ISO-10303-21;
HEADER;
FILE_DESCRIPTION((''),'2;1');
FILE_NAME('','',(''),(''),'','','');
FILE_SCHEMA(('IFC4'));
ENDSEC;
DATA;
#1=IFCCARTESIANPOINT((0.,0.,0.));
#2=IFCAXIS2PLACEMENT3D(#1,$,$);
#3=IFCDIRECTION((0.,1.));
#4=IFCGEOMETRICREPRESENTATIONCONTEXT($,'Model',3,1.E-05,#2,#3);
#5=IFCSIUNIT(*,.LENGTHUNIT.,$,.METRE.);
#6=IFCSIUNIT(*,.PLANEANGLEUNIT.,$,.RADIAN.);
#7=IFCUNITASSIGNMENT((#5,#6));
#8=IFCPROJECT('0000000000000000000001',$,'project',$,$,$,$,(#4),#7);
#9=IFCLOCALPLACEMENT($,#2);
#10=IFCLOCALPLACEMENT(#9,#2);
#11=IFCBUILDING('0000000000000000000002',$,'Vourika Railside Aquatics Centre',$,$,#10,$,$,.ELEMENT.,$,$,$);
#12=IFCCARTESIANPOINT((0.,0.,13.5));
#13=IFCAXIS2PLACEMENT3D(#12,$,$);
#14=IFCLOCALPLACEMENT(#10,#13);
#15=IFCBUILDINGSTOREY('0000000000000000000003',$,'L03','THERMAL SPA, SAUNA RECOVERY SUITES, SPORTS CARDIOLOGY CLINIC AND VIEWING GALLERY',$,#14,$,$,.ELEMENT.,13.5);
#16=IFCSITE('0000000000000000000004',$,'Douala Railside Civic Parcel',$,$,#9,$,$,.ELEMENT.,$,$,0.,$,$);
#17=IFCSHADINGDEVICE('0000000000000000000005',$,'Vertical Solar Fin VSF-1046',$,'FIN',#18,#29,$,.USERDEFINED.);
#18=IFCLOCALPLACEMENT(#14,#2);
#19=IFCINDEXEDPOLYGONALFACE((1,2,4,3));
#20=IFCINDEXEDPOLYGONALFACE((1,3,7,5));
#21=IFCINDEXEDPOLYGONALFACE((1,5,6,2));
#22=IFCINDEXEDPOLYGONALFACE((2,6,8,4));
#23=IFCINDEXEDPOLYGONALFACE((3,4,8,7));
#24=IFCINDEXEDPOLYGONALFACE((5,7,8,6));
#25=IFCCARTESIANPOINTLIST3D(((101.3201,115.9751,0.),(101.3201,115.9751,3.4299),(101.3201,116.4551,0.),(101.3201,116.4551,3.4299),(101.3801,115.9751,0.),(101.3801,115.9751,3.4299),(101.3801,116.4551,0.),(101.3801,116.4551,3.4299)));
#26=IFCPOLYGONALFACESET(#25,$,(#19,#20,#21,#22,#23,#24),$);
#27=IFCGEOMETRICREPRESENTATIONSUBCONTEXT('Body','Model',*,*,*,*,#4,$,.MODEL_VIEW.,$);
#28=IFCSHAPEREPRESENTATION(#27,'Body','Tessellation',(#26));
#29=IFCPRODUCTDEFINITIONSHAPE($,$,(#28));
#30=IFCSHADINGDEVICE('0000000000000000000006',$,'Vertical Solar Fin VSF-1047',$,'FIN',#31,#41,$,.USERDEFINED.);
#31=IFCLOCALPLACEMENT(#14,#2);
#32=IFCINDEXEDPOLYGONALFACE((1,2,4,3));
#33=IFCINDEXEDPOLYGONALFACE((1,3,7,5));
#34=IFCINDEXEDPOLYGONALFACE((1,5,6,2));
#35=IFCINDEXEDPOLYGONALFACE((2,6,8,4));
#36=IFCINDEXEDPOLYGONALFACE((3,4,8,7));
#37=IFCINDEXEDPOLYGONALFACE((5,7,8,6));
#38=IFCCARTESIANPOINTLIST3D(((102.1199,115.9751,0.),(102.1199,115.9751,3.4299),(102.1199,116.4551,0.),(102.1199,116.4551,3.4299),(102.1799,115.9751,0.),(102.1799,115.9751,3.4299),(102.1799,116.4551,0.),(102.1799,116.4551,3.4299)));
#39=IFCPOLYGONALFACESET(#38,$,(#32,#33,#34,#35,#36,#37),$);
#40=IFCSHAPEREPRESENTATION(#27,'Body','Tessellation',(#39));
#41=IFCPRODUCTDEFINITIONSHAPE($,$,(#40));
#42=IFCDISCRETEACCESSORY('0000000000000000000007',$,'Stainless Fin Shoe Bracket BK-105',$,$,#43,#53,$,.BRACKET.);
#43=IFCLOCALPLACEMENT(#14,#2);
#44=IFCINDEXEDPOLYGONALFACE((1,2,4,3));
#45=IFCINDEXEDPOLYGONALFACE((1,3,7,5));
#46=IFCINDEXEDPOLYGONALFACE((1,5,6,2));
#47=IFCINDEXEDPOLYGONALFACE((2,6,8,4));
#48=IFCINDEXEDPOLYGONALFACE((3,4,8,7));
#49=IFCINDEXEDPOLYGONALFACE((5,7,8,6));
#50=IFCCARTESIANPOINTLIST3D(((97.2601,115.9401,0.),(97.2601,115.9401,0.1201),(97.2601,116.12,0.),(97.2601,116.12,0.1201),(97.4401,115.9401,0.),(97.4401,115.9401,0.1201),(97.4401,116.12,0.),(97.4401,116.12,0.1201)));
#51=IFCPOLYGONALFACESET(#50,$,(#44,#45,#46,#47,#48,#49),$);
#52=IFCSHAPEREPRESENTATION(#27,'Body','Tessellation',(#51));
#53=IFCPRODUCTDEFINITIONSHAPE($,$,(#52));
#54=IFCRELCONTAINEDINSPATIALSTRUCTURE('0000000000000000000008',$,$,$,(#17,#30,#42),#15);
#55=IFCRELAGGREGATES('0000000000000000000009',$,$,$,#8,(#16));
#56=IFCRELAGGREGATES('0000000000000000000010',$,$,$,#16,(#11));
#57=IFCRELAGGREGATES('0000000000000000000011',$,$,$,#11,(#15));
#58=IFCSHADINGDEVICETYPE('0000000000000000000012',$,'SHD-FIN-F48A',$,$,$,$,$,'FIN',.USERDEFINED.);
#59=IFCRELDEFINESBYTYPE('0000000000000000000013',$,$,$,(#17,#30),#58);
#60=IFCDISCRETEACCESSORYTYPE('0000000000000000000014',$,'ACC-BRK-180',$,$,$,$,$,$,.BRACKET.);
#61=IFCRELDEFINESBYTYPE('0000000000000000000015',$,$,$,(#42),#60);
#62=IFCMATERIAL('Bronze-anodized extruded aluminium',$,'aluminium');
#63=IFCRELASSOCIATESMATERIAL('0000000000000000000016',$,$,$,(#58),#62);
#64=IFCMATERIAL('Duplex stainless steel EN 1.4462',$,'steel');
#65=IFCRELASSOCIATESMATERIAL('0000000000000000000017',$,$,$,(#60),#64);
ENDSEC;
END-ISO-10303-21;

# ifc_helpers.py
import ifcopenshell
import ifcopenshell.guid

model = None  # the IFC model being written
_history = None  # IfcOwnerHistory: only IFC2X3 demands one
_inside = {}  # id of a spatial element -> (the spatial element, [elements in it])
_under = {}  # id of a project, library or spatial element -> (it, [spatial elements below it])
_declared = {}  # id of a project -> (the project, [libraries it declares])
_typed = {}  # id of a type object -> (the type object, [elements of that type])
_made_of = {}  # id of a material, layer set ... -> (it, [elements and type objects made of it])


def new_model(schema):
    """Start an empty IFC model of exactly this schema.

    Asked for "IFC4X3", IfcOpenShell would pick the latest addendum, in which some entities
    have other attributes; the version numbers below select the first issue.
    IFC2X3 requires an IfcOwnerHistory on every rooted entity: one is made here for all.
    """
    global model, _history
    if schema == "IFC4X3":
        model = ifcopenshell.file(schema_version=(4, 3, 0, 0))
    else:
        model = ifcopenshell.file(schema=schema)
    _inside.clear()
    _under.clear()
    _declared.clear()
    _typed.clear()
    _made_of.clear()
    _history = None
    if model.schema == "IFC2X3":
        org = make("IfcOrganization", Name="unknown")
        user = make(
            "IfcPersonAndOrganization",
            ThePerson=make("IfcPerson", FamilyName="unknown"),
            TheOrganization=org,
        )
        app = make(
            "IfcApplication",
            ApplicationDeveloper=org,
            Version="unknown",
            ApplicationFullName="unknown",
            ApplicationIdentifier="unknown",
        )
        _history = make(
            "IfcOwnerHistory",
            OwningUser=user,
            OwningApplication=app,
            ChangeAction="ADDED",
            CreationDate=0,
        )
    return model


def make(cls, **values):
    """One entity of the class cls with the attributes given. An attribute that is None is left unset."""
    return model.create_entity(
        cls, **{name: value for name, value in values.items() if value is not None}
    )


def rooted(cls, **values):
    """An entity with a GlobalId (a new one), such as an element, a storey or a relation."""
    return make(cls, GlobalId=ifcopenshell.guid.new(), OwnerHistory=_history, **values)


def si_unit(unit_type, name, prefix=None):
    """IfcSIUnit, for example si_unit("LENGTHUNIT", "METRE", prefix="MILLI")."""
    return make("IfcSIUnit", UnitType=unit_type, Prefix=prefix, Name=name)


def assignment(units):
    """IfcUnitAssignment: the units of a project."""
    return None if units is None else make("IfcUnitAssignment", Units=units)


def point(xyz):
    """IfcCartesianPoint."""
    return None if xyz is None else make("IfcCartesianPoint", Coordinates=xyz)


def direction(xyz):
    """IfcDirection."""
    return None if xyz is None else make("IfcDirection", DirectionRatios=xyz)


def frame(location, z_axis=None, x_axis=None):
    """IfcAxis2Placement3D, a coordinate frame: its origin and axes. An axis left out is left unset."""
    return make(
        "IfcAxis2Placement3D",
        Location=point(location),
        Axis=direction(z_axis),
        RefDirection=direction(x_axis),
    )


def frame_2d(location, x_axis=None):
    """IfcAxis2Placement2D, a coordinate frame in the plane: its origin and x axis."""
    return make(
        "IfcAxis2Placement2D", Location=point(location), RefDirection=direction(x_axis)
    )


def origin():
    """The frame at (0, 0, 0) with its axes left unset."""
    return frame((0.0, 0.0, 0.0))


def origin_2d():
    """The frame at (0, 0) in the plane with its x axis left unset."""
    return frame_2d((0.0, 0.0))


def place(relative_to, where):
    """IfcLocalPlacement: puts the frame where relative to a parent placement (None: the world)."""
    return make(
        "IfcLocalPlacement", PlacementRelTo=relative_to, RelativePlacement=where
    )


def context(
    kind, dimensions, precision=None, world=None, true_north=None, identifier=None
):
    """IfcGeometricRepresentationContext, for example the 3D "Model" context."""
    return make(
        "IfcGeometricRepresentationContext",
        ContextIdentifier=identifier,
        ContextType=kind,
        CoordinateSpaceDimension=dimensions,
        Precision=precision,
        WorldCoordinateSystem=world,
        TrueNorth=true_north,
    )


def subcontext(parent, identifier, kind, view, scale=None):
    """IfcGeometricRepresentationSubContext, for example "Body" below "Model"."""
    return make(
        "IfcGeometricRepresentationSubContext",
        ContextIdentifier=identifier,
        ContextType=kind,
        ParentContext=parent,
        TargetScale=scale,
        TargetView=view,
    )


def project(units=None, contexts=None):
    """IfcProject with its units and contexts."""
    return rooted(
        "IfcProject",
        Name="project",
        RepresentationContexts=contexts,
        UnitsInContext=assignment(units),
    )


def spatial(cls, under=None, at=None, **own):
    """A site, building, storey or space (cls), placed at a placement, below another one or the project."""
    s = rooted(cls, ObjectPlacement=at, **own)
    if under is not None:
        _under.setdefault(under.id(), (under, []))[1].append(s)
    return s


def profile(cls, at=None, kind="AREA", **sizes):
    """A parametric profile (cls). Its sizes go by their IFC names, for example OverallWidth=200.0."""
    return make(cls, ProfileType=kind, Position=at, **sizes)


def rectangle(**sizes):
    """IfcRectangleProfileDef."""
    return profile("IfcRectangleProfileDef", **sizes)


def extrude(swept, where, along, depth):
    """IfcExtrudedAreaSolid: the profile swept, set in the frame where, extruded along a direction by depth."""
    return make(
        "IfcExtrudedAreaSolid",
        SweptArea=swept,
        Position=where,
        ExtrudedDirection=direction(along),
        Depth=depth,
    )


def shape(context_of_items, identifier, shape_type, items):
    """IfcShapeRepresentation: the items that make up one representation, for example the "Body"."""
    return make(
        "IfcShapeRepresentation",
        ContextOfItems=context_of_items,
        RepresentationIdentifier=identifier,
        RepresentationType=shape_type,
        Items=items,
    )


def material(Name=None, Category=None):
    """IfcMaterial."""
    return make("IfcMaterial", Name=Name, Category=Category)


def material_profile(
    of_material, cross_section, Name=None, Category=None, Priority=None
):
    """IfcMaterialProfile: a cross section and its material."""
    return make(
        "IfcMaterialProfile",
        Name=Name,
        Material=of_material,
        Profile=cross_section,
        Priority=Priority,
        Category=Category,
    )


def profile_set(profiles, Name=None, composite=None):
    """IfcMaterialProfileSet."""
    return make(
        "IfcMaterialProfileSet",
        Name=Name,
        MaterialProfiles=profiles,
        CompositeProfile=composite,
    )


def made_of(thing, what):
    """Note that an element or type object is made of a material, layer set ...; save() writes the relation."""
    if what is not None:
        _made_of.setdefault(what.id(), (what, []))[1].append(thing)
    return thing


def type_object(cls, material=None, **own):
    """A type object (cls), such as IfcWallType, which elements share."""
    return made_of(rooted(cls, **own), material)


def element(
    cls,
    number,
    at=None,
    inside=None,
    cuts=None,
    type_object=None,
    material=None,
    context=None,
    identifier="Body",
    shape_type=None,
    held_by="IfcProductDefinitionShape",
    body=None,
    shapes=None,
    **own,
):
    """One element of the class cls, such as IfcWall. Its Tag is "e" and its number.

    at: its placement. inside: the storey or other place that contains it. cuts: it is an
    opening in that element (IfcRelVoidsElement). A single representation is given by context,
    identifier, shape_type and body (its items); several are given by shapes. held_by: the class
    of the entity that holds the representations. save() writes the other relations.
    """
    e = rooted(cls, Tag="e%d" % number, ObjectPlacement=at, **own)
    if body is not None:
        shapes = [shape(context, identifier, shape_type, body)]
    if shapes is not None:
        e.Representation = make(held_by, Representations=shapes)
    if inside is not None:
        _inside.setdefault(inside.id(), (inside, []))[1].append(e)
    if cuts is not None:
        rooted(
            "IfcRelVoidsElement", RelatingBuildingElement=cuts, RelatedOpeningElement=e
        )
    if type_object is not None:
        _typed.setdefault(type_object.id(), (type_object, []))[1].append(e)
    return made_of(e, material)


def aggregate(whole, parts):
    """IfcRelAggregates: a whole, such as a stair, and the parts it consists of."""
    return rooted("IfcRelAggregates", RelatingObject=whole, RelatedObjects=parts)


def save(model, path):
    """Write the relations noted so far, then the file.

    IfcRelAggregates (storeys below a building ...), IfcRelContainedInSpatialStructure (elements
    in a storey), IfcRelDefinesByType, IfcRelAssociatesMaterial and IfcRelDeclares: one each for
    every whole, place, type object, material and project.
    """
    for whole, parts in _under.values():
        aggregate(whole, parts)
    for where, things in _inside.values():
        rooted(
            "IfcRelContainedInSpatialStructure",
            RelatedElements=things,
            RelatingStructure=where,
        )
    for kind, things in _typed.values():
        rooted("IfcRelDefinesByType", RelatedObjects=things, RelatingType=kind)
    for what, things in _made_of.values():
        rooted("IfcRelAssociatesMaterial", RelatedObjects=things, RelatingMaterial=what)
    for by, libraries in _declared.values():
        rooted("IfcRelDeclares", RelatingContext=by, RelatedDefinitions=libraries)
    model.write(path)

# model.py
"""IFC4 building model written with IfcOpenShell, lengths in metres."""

from ifc_helpers import new_model, si_unit, direction, frame, origin, origin_2d, place, context, subcontext, project, spatial, rectangle, extrude, material, material_profile, profile_set, type_object, element, save


model = new_model("IFC4")

# Units and contexts
model_context = context("Model", 3, precision=1e-05, world=origin(), true_north=direction((0.0, 1.0)))
body_context = subcontext(model_context, "Body", "Model", "MODEL_VIEW")
ifc_project = project(units=[si_unit("LENGTHUNIT", "METRE"), si_unit("PLANEANGLEUNIT", "RADIAN")], contexts=[model_context])

# Site, building, storey
site_placement = place(None, origin())
site = spatial("IfcSite", under=ifc_project, at=site_placement, Name="Douala Railside Civic Parcel", CompositionType="ELEMENT", RefElevation=0.0)
building_placement = place(site_placement, origin())
building = spatial("IfcBuilding", under=site, at=building_placement, Name="Vourika Railside Aquatics Centre", CompositionType="ELEMENT")
storey_placement = place(building_placement, frame((0.0, 0.0, 13.5)))
storey = spatial("IfcBuildingStorey", under=building, at=storey_placement, Name="L03", Description="THERMAL SPA, SAUNA RECOVERY SUITES, SPORTS CARDIOLOGY CLINIC AND VIEWING GALLERY", CompositionType="ELEMENT", Elevation=13.5)

# Shading devices
ifc_material_1 = material(Name="Bronze-anodized extruded aluminium", Category="aluminium")
ifc_material_profile_1 = material_profile(ifc_material_1, rectangle(XDim=0.0601, YDim=0.48, at=origin_2d()), Name="ALU-FIN 60x480")
ifc_profile_set_1 = profile_set([ifc_material_profile_1], Name="Bronze-anodized extruded aluminium")
shading_device_type = type_object("IfcShadingDeviceType", Name="SHD-FIN-F48A", ElementType="FIN", PredefinedType="USERDEFINED", material=ifc_profile_set_1)
for number, where, z_axis, x_axis, name in (
    (1, (101.3501, 116.2151, 0.0), (0.0, 0.0, 1.0), (1.0, 0.0, 0.0), "Vertical Solar Fin VSF-1046"),
    (2, (102.1499, 116.2151, 0.0), (0.0, 0.0, 1.0), (1.0, 0.0, 0.0), "Vertical Solar Fin VSF-1047"),
):
    element("IfcShadingDevice", number, at=place(storey_placement, frame(where, z_axis=z_axis, x_axis=x_axis)), inside=storey, type_object=shading_device_type, Name=name, ObjectType="FIN", PredefinedType="USERDEFINED", context=body_context, shape_type="SweptSolid", body=[
        extrude(rectangle(XDim=0.0601, YDim=0.48, at=origin_2d()), origin(), (0.0, 0.0, 1.0), 3.4299),
    ])

# Discrete accessory
ifc_material_2 = material(Name="Duplex stainless steel EN 1.4462", Category="steel")
discrete_accessory_type = type_object("IfcDiscreteAccessoryType", Name="ACC-BRK-180", PredefinedType="BRACKET", material=ifc_material_2)
discrete_accessory_placement = place(storey_placement, frame((97.3501, 116.03, 0.0), z_axis=(0.0, 0.0, 1.0), x_axis=(0.0, 1.0, 0.0)))
element("IfcDiscreteAccessory", 3, at=discrete_accessory_placement, inside=storey, type_object=discrete_accessory_type, Name="Stainless Fin Shoe Bracket BK-105", PredefinedType="BRACKET", context=body_context, shape_type="SweptSolid", body=[
    extrude(rectangle(XDim=0.1799, YDim=0.1799, at=origin_2d()), origin(), (0.0, 0.0, 1.0), 0.1201),
])

save(model, "model.ifc")
